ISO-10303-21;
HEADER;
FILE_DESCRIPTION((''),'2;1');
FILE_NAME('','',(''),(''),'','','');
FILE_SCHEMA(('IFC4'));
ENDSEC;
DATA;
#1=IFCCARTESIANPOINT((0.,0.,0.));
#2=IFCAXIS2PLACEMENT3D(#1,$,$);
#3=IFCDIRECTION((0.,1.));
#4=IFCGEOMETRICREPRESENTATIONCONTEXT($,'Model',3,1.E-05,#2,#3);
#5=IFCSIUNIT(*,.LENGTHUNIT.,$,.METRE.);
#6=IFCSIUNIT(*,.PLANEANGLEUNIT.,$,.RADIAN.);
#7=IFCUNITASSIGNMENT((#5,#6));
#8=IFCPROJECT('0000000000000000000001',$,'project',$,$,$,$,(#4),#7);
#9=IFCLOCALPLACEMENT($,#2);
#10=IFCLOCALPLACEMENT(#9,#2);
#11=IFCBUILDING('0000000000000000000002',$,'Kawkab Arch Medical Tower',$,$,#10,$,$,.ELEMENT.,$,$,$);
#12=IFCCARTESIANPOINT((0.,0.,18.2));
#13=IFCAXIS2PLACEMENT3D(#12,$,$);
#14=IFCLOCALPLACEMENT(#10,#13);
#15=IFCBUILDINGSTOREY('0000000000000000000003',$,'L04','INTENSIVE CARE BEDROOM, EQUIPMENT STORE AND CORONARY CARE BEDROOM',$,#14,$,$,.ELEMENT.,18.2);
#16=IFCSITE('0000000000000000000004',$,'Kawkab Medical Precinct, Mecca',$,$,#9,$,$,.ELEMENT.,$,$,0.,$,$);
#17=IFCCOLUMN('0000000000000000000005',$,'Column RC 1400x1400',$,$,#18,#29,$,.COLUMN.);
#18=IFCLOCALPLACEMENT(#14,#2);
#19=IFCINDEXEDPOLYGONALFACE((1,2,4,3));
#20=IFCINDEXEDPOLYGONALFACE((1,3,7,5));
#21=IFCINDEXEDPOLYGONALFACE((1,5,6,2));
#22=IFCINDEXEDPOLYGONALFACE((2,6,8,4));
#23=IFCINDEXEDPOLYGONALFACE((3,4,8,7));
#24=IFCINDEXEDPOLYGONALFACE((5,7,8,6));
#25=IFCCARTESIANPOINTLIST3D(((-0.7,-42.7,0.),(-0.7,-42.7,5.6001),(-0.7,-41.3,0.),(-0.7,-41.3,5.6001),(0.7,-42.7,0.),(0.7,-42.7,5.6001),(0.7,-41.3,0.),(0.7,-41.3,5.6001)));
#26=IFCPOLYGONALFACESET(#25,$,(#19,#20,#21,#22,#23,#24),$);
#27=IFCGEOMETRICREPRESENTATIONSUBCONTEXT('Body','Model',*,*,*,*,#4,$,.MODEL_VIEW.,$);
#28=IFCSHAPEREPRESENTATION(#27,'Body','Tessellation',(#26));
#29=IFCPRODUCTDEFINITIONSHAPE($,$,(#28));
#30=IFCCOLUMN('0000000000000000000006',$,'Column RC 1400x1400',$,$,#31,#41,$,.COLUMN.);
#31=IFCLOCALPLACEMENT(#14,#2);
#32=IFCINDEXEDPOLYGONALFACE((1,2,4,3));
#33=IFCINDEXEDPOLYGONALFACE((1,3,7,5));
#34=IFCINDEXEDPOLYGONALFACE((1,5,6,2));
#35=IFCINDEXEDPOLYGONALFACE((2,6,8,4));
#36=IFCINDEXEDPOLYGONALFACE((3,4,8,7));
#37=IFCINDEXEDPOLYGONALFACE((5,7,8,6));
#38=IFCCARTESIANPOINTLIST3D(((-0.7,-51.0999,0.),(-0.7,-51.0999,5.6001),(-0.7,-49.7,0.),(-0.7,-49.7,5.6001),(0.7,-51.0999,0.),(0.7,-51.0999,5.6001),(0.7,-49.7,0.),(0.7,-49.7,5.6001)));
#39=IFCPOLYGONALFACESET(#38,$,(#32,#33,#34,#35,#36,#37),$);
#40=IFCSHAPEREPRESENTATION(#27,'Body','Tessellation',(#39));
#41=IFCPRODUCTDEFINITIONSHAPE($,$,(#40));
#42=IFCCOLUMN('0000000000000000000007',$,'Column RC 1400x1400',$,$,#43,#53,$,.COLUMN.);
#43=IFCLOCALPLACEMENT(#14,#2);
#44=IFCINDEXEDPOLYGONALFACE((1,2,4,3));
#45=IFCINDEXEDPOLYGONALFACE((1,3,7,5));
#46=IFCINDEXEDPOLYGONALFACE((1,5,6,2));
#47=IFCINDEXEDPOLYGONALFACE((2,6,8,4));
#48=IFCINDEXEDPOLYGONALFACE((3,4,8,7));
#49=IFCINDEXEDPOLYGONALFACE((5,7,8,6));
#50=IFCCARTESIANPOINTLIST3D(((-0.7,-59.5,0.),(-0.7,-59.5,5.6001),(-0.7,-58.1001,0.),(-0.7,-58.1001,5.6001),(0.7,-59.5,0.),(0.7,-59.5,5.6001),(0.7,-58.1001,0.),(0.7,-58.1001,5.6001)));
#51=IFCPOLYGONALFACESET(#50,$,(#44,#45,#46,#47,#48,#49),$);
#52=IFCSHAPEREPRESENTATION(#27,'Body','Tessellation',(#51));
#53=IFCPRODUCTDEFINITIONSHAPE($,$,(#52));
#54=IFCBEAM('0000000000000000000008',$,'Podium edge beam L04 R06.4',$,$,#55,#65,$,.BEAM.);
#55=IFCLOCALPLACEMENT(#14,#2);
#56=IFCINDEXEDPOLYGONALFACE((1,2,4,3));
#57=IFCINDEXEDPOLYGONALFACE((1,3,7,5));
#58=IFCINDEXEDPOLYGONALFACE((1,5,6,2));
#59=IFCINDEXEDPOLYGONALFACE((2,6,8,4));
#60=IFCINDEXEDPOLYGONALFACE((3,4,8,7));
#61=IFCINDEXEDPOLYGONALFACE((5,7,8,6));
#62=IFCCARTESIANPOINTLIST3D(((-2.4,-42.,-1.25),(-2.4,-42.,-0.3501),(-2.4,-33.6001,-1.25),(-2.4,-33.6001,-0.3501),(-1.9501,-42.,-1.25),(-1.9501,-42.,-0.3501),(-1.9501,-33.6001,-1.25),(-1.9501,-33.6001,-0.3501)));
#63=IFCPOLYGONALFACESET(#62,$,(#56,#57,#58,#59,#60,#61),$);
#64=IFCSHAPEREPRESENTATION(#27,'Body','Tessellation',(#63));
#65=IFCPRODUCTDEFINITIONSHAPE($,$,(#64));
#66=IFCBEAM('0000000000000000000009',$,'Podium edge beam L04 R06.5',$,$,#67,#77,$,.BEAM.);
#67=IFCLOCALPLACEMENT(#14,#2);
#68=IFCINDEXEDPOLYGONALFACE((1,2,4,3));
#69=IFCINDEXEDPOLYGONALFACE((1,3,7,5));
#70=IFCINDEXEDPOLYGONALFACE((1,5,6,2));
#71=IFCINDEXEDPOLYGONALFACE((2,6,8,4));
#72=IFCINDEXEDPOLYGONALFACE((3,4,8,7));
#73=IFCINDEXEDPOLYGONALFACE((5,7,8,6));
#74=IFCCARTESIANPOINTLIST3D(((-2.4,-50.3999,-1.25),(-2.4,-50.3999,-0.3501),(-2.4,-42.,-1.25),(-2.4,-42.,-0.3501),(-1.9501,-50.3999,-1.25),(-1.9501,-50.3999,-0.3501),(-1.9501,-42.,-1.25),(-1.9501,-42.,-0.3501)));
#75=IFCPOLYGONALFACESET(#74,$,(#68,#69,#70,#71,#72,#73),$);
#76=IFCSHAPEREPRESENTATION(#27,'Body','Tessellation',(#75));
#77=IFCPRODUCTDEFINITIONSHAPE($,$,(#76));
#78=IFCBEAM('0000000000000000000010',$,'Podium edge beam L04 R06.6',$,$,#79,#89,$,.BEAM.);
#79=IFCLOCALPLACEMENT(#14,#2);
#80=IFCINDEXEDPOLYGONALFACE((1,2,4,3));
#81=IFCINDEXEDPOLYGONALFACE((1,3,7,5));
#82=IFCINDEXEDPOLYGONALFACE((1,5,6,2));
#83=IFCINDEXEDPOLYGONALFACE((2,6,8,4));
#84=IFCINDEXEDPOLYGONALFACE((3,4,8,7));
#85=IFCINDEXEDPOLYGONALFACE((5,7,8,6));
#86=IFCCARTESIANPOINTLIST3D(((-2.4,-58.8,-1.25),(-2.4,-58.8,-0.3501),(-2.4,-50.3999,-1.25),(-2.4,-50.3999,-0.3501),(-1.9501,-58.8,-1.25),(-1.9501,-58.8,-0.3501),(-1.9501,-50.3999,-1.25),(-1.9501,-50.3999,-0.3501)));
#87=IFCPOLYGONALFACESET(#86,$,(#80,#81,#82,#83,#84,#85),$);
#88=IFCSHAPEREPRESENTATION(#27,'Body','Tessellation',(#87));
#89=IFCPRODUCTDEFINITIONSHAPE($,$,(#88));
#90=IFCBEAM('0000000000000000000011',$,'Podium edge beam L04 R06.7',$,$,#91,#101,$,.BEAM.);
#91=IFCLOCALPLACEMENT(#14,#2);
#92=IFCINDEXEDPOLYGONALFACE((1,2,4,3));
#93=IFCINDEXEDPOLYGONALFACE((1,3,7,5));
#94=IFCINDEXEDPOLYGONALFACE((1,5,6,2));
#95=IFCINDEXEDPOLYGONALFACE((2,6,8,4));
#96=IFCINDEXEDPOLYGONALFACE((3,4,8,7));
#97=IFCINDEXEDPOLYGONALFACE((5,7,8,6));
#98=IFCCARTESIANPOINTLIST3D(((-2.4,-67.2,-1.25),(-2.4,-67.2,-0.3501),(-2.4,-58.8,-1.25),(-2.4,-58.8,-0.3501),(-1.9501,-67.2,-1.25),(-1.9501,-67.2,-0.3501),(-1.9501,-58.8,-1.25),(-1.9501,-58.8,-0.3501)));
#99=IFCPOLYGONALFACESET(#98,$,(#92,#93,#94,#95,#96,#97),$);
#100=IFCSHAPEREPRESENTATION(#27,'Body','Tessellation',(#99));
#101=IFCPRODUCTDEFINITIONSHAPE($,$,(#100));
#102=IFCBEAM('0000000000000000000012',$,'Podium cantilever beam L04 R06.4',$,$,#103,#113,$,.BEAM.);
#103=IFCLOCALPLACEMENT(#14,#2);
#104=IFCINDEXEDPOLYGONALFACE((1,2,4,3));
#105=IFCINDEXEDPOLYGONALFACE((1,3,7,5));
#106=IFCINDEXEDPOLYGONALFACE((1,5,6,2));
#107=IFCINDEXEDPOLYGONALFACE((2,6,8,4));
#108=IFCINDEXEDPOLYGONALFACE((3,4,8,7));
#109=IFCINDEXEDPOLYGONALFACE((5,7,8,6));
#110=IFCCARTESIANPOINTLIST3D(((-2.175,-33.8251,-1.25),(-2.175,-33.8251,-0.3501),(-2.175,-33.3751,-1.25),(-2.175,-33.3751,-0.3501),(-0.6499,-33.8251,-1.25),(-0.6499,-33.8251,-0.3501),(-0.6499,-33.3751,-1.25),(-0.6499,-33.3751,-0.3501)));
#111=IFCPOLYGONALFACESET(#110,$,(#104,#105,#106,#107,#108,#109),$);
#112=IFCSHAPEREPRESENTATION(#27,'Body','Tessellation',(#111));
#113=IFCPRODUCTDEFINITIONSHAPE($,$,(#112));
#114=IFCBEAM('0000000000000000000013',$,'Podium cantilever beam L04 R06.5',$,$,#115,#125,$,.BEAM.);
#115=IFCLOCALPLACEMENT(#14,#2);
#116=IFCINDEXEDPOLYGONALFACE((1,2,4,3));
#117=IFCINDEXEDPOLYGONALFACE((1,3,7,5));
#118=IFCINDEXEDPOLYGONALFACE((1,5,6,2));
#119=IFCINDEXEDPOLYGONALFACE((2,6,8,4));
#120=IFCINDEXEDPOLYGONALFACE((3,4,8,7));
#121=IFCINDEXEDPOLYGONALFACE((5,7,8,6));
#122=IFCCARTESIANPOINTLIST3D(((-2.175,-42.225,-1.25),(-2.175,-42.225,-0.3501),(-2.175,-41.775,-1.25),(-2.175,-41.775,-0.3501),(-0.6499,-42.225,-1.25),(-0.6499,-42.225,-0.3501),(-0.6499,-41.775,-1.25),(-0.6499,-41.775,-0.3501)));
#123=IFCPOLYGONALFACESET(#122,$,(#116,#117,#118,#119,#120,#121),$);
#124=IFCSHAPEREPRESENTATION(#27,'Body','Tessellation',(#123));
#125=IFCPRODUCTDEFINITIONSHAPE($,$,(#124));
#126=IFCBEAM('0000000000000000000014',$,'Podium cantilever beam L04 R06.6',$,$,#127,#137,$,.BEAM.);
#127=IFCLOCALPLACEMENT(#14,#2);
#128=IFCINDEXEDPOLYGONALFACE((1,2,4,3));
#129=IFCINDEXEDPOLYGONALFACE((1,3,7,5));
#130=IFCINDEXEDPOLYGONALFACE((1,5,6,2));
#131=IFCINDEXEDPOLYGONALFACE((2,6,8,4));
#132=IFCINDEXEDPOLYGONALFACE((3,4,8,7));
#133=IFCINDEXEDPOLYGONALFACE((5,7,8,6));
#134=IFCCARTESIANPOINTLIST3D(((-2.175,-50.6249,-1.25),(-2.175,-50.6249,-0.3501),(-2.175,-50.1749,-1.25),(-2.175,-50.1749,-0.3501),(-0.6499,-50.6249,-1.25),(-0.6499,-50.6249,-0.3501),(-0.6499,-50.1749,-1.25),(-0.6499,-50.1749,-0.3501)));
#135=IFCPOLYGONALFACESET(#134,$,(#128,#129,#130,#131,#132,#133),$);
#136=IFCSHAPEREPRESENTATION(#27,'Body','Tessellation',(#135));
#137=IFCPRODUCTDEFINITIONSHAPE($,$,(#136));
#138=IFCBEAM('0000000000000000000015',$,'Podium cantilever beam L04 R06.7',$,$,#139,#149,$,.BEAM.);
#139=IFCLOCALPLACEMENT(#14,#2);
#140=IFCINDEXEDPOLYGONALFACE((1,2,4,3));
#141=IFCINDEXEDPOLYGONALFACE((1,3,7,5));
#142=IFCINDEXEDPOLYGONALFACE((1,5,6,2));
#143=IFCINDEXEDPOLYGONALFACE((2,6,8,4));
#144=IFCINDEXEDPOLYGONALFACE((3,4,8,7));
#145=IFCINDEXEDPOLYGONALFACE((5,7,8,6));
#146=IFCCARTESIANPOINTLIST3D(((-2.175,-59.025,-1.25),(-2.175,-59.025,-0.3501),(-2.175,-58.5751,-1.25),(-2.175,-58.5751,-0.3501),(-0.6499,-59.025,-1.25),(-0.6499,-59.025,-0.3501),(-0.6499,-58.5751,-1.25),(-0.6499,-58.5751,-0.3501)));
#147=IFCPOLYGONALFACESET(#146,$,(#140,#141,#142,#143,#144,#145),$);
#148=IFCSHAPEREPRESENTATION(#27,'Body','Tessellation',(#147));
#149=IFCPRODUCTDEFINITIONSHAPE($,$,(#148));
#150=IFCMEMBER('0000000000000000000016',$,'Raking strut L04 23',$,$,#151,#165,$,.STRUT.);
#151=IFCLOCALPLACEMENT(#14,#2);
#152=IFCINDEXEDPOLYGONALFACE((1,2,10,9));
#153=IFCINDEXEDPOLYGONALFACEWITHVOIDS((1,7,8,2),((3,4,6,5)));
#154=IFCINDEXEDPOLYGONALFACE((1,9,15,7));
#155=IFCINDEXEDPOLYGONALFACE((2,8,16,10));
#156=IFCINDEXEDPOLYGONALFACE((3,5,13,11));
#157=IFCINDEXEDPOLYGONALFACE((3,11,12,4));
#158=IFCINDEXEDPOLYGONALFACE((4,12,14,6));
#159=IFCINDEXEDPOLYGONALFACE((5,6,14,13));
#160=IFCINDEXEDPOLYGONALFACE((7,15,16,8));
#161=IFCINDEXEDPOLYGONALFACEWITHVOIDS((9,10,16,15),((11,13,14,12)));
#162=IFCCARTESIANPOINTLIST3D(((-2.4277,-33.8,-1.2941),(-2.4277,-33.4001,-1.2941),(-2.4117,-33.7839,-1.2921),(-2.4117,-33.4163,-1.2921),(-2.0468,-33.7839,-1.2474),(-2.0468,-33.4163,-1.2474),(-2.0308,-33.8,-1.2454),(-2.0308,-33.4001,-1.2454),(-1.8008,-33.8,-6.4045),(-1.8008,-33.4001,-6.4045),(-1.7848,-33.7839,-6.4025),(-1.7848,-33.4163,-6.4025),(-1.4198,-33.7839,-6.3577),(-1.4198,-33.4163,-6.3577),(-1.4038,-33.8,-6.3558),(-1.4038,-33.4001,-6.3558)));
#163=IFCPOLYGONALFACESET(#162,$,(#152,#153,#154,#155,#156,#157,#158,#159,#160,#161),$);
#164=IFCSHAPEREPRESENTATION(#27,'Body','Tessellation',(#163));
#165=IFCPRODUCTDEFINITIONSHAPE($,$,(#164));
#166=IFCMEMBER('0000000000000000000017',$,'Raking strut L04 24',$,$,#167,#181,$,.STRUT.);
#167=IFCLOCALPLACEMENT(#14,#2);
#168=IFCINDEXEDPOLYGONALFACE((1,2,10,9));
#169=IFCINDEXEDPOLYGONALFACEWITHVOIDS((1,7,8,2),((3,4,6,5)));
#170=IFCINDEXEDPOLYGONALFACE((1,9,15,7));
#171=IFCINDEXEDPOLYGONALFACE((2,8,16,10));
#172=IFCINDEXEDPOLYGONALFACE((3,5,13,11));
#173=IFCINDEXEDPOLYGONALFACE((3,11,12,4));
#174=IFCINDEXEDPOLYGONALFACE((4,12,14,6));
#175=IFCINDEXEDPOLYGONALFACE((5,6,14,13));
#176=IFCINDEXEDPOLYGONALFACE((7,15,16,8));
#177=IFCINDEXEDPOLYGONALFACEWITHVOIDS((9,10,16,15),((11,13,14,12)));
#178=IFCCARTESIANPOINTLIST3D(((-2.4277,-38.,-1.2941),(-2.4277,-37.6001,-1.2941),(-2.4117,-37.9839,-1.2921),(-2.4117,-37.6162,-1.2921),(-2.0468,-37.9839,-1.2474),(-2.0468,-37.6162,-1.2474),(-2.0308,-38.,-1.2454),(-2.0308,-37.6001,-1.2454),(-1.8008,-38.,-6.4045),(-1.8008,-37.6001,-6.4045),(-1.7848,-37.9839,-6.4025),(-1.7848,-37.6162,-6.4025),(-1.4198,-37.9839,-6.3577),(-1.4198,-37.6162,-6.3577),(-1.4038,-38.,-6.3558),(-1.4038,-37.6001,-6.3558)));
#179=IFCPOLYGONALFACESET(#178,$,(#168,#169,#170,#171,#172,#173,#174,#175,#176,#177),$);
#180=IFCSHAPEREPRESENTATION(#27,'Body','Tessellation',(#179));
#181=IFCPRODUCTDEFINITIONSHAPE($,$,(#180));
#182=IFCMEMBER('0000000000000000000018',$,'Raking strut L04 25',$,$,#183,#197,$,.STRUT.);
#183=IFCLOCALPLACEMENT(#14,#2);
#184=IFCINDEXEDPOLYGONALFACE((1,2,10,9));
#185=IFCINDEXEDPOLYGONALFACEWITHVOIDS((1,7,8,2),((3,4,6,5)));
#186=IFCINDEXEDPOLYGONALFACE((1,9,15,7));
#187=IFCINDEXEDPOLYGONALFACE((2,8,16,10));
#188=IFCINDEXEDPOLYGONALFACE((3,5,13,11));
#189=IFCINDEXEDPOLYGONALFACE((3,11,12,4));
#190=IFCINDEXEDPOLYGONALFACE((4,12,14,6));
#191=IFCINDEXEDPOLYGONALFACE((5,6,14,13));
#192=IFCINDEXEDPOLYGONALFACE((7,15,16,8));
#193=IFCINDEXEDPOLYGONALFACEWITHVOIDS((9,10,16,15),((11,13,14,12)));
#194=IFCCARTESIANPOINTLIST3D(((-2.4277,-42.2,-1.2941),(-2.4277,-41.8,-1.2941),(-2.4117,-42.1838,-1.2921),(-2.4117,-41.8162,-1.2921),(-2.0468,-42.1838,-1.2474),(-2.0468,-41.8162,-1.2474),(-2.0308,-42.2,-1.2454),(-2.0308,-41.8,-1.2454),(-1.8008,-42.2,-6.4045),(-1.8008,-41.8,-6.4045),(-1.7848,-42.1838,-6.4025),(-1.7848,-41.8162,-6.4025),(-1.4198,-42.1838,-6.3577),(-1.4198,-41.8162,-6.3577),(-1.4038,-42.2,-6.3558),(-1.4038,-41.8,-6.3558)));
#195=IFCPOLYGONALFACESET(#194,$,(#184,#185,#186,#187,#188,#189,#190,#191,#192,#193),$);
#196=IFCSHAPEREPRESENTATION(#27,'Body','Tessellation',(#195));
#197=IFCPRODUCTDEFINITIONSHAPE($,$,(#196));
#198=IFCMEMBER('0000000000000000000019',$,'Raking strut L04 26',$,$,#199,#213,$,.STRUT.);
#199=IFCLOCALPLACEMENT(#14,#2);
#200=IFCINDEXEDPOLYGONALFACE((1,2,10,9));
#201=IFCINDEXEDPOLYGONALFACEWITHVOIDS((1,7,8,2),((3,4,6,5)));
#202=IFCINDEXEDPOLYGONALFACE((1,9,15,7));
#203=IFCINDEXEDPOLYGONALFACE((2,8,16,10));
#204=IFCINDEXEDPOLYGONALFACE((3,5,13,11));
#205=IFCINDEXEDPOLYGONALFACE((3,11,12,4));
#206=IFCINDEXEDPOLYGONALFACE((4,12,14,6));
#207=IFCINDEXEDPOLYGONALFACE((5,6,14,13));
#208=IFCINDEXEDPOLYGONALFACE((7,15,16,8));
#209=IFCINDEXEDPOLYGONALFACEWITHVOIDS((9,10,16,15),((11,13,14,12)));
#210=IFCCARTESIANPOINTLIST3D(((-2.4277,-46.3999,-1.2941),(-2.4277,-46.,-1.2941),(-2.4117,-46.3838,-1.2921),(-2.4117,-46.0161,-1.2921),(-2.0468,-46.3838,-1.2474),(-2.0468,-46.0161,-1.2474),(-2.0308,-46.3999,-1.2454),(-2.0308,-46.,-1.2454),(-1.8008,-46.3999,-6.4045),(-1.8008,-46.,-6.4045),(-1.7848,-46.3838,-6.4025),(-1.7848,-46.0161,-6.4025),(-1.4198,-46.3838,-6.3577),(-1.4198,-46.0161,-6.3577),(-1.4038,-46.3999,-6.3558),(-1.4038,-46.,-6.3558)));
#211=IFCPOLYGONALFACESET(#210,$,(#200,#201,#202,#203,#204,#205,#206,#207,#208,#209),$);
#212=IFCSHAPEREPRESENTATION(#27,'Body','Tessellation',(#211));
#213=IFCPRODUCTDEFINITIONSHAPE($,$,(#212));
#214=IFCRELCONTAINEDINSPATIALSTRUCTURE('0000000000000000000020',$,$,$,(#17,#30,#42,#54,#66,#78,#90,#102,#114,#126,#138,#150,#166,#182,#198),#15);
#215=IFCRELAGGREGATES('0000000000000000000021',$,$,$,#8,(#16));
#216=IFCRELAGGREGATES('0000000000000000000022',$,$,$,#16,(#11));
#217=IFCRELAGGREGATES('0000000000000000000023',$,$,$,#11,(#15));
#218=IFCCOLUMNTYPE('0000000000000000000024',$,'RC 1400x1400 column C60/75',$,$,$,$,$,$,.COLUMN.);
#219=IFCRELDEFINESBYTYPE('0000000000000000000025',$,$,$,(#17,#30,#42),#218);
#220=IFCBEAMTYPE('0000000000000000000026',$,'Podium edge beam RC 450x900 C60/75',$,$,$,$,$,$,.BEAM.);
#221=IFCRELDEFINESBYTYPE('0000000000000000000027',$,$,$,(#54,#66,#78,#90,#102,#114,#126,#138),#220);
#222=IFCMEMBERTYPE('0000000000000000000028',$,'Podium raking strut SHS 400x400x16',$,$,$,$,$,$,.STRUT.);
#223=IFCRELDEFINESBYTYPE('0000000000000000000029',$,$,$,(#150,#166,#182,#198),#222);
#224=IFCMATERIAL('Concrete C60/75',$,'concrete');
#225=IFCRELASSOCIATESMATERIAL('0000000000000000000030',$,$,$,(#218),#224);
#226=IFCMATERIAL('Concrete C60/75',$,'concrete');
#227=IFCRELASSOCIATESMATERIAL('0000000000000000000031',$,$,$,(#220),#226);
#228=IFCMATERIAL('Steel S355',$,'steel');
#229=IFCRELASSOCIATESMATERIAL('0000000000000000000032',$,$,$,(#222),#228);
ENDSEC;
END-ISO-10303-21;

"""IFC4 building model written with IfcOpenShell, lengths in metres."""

from ifc_helpers import new_model, si_unit, direction, frame, origin, origin_2d, place, context, subcontext, project, spatial, rectangle, hollow_rectangle, extrude, material, material_profile, profile_set, type_object, element, save


model = new_model("IFC4")

# Units and contexts
model_context = context("Model", 3, precision=1e-05, world=origin(), true_north=direction((0.0, 1.0)))
body_context = subcontext(model_context, "Body", "Model", "MODEL_VIEW")
ifc_project = project(units=[si_unit("LENGTHUNIT", "METRE"), si_unit("PLANEANGLEUNIT", "RADIAN")], contexts=[model_context])

# Site, building, storey
site_placement = place(None, origin())
site = spatial("IfcSite", under=ifc_project, at=site_placement, Name="Kawkab Medical Precinct, Mecca", CompositionType="ELEMENT", RefElevation=0.0)
building_placement = place(site_placement, origin())
building = spatial("IfcBuilding", under=site, at=building_placement, Name="Kawkab Arch Medical Tower", CompositionType="ELEMENT")
storey_placement = place(building_placement, frame((0.0, 0.0, 18.2)))
storey = spatial("IfcBuildingStorey", under=building, at=storey_placement, Name="L04", Description="INTENSIVE CARE BEDROOM, EQUIPMENT STORE AND CORONARY CARE BEDROOM", CompositionType="ELEMENT", Elevation=18.2)

# Columns
ifc_material_1 = material(Name="Concrete C60/75", Category="concrete")
ifc_material_profile_1 = material_profile(ifc_material_1, rectangle(XDim=1.3999, YDim=1.3999, at=origin_2d()), Name="RC 1400x1400")
ifc_profile_set_1 = profile_set([ifc_material_profile_1], Name="Concrete C60/75")
column_type = type_object("IfcColumnType", Name="RC 1400x1400 column C60/75", PredefinedType="COLUMN", material=ifc_profile_set_1)
for number, where, z_axis, x_axis, name in (
    (1, (0.0, -42.0, 0.0), (0.0, 0.0, 1.0), (1.0, 0.0, 0.0), "Column RC 1400x1400"),
    (2, (0.0, -50.3999, 0.0), (0.0, 0.0, 1.0), (1.0, 0.0, 0.0), "Column RC 1400x1400"),
    (3, (0.0, -58.8, 0.0), (0.0, 0.0, 1.0), (1.0, 0.0, 0.0), "Column RC 1400x1400"),
):
    element("IfcColumn", number, at=place(storey_placement, frame(where, z_axis=z_axis, x_axis=x_axis)), inside=storey, type_object=column_type, Name=name, PredefinedType="COLUMN", context=body_context, shape_type="SweptSolid", body=[
        extrude(rectangle(XDim=1.3999, YDim=1.3999, at=origin_2d()), origin(), (0.0, 0.0, 1.0), 5.6001),
    ])

# Beams
ifc_material_2 = material(Name="Concrete C60/75", Category="concrete")
ifc_material_profile_2 = material_profile(ifc_material_2, rectangle(XDim=0.45, YDim=0.8999, at=origin_2d()), Name="RC 450x900")
ifc_profile_set_2 = profile_set([ifc_material_profile_2], Name="Concrete C60/75")
beam_type_1 = type_object("IfcBeamType", Name="Podium edge beam RC 450x900 C60/75", PredefinedType="BEAM", material=ifc_profile_set_2)
for number, where, z_axis, x_axis, name in (
    (4, (-2.175, -33.6001, -0.8), (0.0, -1.0, 0.0), (1.0, 0.0, 0.0), "Podium edge beam L04 R06.4"),
    (5, (-2.175, -42.0, -0.8), (0.0, -1.0, 0.0), (1.0, 0.0, 0.0), "Podium edge beam L04 R06.5"),
):
    element("IfcBeam", number, at=place(storey_placement, frame(where, z_axis=z_axis, x_axis=x_axis)), inside=storey, type_object=beam_type_1, Name=name, PredefinedType="BEAM", context=body_context, shape_type="SweptSolid", body=[
        extrude(rectangle(XDim=0.45, YDim=0.8999, at=origin_2d()), origin(), (0.0, 0.0, 1.0), 8.3999),
    ])
beam_1_placement = place(storey_placement, frame((-2.175, -50.3999, -0.8), z_axis=(0.0, -1.0, 0.0), x_axis=(1.0, 0.0, 0.0)))
element("IfcBeam", 6, at=beam_1_placement, inside=storey, type_object=beam_type_1, Name="Podium edge beam L04 R06.6", PredefinedType="BEAM", context=body_context, shape_type="SweptSolid", body=[
    extrude(rectangle(XDim=0.45, YDim=0.8999, at=origin_2d()), origin(), (0.0, 0.0, 1.0), 8.4001),
])
beam_2_placement = place(storey_placement, frame((-2.175, -58.8, -0.8), z_axis=(0.0, -1.0, 0.0), x_axis=(1.0, 0.0, 0.0)))
element("IfcBeam", 7, at=beam_2_placement, inside=storey, type_object=beam_type_1, Name="Podium edge beam L04 R06.7", PredefinedType="BEAM", context=body_context, shape_type="SweptSolid", body=[
    extrude(rectangle(XDim=0.45, YDim=0.8999, at=origin_2d()), origin(), (0.0, 0.0, 1.0), 8.3999),
])
for number, where, z_axis, x_axis, name in (
    (8, (-0.6499, -33.6001, -0.8), (-1.0, 0.0, 0.0), (0.0, -1.0, 0.0), "Podium cantilever beam L04 R06.4"),
    (9, (-0.6499, -42.0, -0.8), (-1.0, 0.0, 0.0), (0.0, -1.0, 0.0), "Podium cantilever beam L04 R06.5"),
    (10, (-0.6499, -50.3999, -0.8), (-1.0, 0.0, 0.0), (0.0, -1.0, 0.0), "Podium cantilever beam L04 R06.6"),
    (11, (-0.6499, -58.8, -0.8), (-1.0, 0.0, 0.0), (0.0, -1.0, 0.0), "Podium cantilever beam L04 R06.7"),
):
    element("IfcBeam", number, at=place(storey_placement, frame(where, z_axis=z_axis, x_axis=x_axis)), inside=storey, type_object=beam_type_1, Name=name, PredefinedType="BEAM", context=body_context, shape_type="SweptSolid", body=[
        extrude(rectangle(XDim=0.45, YDim=0.8999, at=origin_2d()), origin(), (0.0, 0.0, 1.0), 1.5251),
    ])

# Members
ifc_material_3 = material(Name="Steel S355", Category="steel")
ifc_material_profile_3 = material_profile(ifc_material_3, hollow_rectangle(XDim=0.3999, YDim=0.3999, WallThickness=0.0161, at=origin_2d()), Name="SHS 400x400x16")
ifc_profile_set_3 = profile_set([ifc_material_profile_3], Name="Steel S355")
member_type = type_object("IfcMemberType", Name="Podium raking strut SHS 400x400x16", PredefinedType="STRUT", material=ifc_profile_set_3)
for number, where, z_axis, x_axis, name in (
    (12, (-1.6023, -33.6001, -6.3801), (-0.12177, 0.0, 0.992558), (0.0, -1.0, 0.0), "Raking strut L04 23"),
    (13, (-1.6023, -37.8, -6.3801), (-0.12177, 0.0, 0.992558), (0.0, -1.0, 0.0), "Raking strut L04 24"),
    (14, (-1.6023, -42.0, -6.3801), (-0.12177, 0.0, 0.992558), (0.0, -1.0, 0.0), "Raking strut L04 25"),
    (15, (-1.6023, -46.2, -6.3801), (-0.12177, 0.0, 0.992558), (0.0, -1.0, 0.0), "Raking strut L04 26"),
):
    element("IfcMember", number, at=place(storey_placement, frame(where, z_axis=z_axis, x_axis=x_axis)), inside=storey, type_object=member_type, Name=name, PredefinedType="STRUT", context=body_context, shape_type="SweptSolid", body=[
        extrude(hollow_rectangle(XDim=0.3999, YDim=0.3999, WallThickness=0.0161, at=origin_2d()), origin(), (0.0, 0.0, 1.0), 5.1487),
    ])

save(model, "model.ifc")
